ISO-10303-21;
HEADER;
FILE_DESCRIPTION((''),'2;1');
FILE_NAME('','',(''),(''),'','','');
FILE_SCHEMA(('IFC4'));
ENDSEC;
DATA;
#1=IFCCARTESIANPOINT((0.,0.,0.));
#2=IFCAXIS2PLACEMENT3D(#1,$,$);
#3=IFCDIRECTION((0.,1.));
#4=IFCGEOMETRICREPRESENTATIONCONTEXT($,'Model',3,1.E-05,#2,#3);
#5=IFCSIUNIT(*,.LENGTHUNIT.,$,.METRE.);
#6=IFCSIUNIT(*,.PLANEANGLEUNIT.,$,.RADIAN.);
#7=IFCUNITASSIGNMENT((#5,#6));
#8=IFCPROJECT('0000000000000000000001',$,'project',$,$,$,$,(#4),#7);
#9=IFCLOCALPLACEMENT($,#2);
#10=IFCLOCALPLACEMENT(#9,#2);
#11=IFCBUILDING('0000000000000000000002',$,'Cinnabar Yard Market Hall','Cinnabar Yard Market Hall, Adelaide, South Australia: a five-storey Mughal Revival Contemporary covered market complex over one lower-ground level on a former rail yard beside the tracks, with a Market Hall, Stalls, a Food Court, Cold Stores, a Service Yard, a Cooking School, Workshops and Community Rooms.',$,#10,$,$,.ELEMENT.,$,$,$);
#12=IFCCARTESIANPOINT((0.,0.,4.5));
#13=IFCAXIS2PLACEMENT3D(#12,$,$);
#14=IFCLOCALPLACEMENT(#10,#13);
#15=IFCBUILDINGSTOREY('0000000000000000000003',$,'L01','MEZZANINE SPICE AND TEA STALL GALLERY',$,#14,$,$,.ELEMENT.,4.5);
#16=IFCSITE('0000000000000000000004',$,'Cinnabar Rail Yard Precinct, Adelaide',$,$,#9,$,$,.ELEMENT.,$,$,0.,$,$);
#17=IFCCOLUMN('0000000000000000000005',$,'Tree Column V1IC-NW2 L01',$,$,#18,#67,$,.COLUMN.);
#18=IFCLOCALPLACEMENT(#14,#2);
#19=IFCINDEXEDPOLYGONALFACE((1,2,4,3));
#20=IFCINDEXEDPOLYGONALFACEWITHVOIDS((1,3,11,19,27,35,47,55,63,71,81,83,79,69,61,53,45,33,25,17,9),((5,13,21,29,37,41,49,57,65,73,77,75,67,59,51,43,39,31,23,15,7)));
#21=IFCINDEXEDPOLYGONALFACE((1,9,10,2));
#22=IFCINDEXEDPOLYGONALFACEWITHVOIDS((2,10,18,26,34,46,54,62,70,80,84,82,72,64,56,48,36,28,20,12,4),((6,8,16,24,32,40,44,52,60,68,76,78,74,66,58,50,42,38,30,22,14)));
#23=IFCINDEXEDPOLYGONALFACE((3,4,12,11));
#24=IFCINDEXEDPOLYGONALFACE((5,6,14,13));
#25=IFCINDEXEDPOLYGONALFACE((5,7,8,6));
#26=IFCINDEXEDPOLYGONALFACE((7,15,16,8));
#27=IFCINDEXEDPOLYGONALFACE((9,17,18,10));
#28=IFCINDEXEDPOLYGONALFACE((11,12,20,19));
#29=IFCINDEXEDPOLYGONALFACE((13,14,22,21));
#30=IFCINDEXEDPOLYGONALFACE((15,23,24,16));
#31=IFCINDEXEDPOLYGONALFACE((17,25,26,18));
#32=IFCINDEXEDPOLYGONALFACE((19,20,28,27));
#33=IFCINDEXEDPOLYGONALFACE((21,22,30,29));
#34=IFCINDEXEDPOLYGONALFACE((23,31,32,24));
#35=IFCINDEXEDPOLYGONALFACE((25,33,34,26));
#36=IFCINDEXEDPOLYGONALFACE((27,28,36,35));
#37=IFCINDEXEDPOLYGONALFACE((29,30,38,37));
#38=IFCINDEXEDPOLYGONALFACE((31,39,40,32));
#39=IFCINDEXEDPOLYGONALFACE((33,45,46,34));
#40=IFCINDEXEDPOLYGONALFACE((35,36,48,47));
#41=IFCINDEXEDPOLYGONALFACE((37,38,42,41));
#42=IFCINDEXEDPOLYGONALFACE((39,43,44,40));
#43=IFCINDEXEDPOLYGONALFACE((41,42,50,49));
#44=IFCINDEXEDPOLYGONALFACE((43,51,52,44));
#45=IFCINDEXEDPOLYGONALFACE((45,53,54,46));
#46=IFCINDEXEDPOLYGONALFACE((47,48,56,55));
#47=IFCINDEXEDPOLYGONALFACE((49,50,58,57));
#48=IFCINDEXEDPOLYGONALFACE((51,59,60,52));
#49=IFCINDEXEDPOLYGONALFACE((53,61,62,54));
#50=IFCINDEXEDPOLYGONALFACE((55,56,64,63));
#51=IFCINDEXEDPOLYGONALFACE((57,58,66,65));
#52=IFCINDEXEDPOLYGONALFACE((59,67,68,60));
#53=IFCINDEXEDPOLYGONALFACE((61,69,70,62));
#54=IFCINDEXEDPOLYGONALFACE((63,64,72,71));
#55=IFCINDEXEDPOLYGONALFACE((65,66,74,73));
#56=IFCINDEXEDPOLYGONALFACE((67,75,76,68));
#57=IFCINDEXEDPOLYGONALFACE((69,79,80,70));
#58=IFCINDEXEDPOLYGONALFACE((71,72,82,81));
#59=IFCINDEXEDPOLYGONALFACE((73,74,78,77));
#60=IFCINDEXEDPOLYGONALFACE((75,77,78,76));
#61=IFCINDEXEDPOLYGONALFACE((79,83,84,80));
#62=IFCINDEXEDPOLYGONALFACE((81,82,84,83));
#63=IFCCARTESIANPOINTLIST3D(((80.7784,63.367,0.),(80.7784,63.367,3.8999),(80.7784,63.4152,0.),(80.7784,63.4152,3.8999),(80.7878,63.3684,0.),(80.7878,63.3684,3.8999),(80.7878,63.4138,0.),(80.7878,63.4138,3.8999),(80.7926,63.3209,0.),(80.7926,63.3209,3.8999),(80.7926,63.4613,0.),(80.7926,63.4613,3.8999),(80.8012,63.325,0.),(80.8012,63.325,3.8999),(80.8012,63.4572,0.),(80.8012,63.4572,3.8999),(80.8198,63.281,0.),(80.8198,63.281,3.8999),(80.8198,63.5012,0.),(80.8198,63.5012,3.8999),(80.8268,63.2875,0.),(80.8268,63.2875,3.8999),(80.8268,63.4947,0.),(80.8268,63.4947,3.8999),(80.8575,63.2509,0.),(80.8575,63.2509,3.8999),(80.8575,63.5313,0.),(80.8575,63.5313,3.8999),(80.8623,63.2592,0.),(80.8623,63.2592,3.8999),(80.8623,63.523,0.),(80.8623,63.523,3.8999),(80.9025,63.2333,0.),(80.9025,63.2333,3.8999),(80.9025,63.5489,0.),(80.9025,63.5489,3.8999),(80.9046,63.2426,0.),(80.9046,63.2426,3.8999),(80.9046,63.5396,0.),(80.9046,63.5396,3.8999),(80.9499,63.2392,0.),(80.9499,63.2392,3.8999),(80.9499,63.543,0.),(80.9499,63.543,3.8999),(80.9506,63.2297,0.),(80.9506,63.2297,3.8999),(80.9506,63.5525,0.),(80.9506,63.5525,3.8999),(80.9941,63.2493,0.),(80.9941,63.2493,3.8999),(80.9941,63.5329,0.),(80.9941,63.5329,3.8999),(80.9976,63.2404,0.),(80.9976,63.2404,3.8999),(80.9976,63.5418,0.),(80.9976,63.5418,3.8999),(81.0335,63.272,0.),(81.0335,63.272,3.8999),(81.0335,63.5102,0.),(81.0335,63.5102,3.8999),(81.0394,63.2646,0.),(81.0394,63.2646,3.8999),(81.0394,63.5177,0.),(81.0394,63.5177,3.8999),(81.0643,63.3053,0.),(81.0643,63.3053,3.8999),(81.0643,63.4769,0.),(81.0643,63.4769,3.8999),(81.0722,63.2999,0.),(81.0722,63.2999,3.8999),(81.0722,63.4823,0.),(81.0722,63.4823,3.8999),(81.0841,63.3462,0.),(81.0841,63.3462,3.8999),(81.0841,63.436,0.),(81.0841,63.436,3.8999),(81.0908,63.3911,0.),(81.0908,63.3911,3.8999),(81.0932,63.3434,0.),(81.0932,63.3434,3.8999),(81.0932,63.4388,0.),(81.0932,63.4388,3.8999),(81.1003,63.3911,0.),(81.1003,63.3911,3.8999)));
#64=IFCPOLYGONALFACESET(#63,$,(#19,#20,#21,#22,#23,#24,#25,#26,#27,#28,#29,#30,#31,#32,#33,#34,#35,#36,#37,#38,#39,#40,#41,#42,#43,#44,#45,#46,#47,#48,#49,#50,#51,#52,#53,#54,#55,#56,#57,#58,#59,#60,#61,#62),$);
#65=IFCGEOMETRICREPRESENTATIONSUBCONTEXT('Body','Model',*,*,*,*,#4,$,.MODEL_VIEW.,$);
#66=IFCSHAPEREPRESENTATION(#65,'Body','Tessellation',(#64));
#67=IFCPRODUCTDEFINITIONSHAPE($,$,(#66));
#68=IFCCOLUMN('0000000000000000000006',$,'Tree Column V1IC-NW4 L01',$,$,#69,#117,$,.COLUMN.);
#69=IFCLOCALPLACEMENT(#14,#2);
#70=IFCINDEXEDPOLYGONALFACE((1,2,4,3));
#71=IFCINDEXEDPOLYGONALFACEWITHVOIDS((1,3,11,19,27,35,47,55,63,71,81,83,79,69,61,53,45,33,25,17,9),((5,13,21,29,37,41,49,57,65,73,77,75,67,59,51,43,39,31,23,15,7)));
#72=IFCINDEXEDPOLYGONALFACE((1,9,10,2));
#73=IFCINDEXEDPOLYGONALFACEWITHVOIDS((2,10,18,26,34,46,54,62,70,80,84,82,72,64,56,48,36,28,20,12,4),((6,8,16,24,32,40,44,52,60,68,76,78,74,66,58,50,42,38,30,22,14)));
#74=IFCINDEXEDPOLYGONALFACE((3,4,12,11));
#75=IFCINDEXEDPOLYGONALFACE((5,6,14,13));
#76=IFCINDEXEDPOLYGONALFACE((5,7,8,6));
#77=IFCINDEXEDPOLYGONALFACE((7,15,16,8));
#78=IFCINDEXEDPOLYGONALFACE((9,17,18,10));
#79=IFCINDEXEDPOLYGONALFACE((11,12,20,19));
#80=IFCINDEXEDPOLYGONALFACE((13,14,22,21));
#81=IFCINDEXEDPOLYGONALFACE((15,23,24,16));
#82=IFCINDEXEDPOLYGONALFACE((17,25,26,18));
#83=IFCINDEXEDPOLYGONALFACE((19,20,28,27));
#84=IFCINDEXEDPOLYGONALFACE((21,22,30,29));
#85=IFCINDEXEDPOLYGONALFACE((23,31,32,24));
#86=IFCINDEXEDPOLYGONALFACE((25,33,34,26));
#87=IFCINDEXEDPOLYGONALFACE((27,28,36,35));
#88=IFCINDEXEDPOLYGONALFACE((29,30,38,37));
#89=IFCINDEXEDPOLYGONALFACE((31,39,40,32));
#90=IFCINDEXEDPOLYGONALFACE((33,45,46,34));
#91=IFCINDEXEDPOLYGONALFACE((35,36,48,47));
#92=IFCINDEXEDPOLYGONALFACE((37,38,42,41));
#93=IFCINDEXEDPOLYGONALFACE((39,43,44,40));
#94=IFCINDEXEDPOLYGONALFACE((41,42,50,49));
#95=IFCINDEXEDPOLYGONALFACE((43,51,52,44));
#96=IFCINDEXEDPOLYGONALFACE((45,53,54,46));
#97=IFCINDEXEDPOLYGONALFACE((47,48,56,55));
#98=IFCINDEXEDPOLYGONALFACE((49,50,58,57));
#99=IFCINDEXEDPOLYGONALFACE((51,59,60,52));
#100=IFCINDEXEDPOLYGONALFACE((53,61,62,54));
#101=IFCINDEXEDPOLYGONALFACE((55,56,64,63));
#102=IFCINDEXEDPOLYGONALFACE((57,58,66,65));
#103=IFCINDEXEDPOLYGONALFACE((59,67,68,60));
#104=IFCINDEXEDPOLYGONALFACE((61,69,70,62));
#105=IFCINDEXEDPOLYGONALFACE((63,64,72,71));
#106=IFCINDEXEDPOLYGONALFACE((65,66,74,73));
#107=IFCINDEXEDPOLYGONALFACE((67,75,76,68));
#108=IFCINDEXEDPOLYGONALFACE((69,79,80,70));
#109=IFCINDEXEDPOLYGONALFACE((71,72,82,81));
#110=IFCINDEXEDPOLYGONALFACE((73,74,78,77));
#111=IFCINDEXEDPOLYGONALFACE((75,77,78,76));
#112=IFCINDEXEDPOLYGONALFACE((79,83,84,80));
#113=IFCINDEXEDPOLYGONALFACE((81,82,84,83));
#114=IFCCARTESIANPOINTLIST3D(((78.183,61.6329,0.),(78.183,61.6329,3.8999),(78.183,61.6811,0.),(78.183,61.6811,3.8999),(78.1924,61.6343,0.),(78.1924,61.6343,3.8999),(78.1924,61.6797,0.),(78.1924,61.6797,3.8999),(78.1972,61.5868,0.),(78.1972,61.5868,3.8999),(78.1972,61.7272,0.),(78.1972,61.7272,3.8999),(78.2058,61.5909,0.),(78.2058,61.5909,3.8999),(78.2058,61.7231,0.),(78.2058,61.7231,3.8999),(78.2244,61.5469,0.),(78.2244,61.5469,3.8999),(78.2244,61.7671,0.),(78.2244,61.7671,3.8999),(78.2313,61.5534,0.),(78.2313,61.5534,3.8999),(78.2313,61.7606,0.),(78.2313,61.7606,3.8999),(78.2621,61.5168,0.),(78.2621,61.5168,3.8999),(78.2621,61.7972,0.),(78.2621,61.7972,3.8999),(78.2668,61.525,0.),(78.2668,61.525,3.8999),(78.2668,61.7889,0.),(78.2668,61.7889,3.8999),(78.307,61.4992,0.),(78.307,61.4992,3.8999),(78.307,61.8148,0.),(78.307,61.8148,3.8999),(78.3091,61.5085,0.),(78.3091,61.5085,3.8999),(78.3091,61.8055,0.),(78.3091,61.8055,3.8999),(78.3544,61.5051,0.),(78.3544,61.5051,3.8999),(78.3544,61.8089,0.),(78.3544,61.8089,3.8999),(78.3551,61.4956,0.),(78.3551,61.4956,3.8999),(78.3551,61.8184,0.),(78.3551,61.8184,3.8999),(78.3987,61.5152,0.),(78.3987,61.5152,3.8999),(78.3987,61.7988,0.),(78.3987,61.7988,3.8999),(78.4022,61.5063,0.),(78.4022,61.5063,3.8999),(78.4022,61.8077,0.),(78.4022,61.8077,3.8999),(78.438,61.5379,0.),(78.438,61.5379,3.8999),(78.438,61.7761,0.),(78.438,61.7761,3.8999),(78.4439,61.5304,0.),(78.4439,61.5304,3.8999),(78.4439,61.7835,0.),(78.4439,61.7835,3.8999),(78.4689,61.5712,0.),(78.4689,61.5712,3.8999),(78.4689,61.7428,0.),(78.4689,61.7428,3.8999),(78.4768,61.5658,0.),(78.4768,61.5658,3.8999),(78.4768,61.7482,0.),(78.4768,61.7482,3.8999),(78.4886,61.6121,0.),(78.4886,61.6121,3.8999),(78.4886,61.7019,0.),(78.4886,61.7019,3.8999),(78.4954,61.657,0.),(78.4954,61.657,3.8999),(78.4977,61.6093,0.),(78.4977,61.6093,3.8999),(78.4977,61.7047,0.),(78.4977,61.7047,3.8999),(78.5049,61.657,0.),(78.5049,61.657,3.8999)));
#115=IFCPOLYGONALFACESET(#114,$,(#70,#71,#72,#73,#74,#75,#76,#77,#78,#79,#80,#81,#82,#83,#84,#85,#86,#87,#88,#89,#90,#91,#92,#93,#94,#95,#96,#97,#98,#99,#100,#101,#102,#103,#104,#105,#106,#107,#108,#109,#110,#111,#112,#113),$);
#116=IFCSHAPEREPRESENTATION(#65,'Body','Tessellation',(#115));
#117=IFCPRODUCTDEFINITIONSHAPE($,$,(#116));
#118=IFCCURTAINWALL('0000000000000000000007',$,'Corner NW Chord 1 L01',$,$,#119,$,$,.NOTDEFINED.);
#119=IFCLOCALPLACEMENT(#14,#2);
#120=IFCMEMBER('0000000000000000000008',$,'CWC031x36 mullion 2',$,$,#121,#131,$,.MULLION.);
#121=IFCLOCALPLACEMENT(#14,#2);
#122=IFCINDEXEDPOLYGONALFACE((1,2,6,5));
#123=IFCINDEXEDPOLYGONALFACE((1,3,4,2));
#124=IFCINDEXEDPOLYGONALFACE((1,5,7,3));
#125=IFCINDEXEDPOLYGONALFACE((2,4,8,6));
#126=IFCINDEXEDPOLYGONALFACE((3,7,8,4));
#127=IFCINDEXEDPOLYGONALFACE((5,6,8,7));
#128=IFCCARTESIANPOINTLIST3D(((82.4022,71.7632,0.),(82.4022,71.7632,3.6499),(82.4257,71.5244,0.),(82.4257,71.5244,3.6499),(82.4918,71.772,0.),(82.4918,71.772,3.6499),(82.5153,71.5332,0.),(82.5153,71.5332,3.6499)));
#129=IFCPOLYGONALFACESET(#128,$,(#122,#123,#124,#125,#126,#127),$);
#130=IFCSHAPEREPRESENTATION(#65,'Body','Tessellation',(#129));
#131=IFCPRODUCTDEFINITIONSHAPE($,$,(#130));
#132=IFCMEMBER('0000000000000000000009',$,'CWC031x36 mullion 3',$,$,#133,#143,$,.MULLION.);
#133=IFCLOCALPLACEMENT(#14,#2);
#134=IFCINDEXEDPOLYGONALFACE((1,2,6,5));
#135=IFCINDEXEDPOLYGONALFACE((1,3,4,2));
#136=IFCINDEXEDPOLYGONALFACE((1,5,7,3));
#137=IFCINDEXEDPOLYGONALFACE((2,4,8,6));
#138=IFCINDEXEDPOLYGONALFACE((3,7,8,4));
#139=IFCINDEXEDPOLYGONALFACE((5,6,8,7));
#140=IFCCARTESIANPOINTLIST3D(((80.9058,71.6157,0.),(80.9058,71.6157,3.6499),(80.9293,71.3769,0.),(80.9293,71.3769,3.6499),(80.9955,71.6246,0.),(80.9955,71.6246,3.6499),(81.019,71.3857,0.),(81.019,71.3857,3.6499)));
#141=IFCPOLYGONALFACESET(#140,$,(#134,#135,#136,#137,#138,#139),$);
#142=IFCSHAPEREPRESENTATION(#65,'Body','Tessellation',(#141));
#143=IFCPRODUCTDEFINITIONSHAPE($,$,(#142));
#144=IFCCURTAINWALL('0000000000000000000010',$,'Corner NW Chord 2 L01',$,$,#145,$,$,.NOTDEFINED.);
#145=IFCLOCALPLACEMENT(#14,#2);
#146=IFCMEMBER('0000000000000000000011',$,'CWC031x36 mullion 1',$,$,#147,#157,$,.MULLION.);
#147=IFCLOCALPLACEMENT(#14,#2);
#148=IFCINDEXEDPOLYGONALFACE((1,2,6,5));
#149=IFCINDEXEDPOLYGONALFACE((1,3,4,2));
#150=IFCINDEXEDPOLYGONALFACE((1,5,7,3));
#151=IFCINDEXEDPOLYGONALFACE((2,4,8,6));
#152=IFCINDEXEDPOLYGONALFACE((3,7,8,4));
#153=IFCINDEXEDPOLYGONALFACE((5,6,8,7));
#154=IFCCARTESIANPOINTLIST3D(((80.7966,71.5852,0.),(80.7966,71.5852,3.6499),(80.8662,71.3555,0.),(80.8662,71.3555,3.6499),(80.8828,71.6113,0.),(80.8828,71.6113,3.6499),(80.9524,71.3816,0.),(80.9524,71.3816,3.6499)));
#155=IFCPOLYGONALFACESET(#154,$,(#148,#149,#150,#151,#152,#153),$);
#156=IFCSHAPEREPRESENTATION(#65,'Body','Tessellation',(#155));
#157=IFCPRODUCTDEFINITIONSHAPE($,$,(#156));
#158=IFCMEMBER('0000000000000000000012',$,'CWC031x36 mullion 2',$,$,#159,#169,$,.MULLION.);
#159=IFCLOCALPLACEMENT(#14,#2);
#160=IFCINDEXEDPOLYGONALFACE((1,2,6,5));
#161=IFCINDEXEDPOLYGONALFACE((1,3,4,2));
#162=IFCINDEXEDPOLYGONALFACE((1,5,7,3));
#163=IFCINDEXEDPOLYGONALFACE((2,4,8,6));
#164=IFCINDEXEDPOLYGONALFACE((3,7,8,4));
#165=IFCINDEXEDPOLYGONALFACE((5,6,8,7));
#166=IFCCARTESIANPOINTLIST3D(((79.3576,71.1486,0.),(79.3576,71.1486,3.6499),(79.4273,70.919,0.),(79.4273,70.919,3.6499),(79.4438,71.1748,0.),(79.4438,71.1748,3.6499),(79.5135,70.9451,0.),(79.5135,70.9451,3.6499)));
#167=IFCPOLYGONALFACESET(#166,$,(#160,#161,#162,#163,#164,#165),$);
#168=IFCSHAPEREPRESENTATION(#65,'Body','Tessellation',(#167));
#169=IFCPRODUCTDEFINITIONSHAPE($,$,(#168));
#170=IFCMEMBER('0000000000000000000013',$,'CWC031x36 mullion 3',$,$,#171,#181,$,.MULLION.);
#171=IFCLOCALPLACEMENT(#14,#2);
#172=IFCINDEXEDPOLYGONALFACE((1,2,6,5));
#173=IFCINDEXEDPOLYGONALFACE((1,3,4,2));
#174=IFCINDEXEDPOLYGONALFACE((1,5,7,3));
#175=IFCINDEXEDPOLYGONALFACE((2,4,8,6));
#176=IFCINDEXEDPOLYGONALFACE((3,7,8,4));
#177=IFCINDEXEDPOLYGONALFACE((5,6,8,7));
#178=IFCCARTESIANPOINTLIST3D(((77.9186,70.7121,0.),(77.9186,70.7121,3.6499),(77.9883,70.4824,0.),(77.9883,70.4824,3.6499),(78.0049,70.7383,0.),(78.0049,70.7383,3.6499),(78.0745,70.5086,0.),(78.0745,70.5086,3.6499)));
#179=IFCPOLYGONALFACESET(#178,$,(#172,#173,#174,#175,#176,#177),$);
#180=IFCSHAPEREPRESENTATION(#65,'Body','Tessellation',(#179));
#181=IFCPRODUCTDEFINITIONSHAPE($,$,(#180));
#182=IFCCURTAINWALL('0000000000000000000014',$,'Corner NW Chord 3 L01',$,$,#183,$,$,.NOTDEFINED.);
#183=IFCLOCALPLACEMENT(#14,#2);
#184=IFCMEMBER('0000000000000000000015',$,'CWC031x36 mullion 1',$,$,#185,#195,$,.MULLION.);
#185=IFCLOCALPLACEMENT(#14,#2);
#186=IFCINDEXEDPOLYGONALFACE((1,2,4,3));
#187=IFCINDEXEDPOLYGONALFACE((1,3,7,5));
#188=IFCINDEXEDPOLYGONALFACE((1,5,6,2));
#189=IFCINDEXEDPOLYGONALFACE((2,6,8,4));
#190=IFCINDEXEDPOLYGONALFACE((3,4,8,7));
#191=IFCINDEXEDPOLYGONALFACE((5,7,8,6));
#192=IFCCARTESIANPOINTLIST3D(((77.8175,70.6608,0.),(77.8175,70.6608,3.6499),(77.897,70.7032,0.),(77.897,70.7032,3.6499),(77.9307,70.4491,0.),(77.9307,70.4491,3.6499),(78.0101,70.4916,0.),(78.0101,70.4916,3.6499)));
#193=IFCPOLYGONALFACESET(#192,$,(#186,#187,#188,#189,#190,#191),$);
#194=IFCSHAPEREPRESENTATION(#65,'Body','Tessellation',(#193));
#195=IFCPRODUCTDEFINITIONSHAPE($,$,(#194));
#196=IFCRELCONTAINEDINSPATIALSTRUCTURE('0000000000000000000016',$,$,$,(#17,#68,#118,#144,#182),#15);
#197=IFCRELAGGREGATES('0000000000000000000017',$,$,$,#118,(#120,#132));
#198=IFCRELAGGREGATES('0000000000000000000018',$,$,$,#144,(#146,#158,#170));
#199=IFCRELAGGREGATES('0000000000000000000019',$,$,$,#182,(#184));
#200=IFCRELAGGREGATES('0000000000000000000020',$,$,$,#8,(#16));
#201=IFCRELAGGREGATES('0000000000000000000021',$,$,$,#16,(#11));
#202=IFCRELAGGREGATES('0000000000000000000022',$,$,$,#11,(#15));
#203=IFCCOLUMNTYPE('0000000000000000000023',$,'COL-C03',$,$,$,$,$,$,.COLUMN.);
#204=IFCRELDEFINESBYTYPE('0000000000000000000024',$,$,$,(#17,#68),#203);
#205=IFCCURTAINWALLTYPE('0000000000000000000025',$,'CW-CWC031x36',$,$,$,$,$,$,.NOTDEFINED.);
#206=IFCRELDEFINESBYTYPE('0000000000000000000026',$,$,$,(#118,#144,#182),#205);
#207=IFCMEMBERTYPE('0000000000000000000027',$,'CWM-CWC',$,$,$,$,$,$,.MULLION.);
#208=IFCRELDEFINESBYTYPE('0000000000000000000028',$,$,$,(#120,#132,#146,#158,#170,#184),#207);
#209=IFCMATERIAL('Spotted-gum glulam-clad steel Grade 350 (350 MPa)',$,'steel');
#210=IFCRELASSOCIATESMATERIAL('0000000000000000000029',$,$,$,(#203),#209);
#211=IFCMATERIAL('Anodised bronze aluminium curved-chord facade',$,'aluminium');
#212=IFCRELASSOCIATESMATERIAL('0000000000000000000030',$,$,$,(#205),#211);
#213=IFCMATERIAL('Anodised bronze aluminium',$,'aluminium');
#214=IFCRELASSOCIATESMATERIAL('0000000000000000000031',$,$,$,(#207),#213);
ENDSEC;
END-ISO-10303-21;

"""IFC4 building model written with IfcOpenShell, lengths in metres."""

from ifc_helpers import new_model, si_unit, direction, frame, origin, origin_2d_with_axis, place, context, subcontext, project, spatial, rectangle, hollow_circle, extrude, material, material_profile, profile_set, type_object, element, aggregate, save


model = new_model("IFC4")

# Units and contexts
model_context = context("Model", 3, precision=1e-05, world=origin(), true_north=direction((0.0, 1.0)))
body_context = subcontext(model_context, "Body", "Model", "MODEL_VIEW")
ifc_project = project(units=[si_unit("LENGTHUNIT", "METRE"), si_unit("PLANEANGLEUNIT", "RADIAN")], contexts=[model_context])

# Site, building, storey
site_placement = place(None, origin())
site = spatial("IfcSite", under=ifc_project, at=site_placement, Name="Cinnabar Rail Yard Precinct, Adelaide", CompositionType="ELEMENT", RefElevation=0.0)
building_placement = place(site_placement, origin())
building = spatial("IfcBuilding", under=site, at=building_placement, Name="Cinnabar Yard Market Hall", Description="Cinnabar Yard Market Hall, Adelaide, South Australia: a five-storey Mughal Revival Contemporary covered market complex over one lower-ground level on a former rail yard beside the tracks, with a Market Hall, Stalls, a Food Court, Cold Stores, a Service Yard, a Cooking School, Workshops and Community Rooms.", CompositionType="ELEMENT")
storey_placement = place(building_placement, frame((0.0, 0.0, 4.5)))
storey = spatial("IfcBuildingStorey", under=building, at=storey_placement, Name="L01", Description="MEZZANINE SPICE AND TEA STALL GALLERY", CompositionType="ELEMENT", Elevation=4.5)

# Columns
ifc_material_1 = material(Name="Spotted-gum glulam-clad steel Grade 350 (350 MPa)", Category="steel")
ifc_material_profile_1 = material_profile(ifc_material_1, hollow_circle(Radius=0.1619, WallThickness=0.0095, at=origin_2d_with_axis()), Name="323.9x9.5CHS")
ifc_profile_set_1 = profile_set([ifc_material_profile_1], Name="Spotted-gum glulam-clad steel Grade 350 (350 MPa)")
column_type = type_object("IfcColumnType", Name="COL-C03", PredefinedType="COLUMN", material=ifc_profile_set_1)
for number, where, z_axis, x_axis, name in (
    (1, (80.9385, 63.3911, 0.0), (0.0, 0.0, 1.0), (1.0, 0.0, 0.0), "Tree Column V1IC-NW2 L01"),
    (2, (78.343, 61.657, 0.0), (0.0, 0.0, 1.0), (1.0, 0.0, 0.0), "Tree Column V1IC-NW4 L01"),
):
    element("IfcColumn", number, at=place(storey_placement, frame(where, z_axis=z_axis, x_axis=x_axis)), inside=storey, type_object=column_type, Name=name, PredefinedType="COLUMN", context=body_context, shape_type="SweptSolid", body=[
        extrude(hollow_circle(Radius=0.1619, WallThickness=0.0095, at=origin_2d_with_axis()), origin(), (0.0, 0.0, 1.0), 3.8999),
    ])

# Curtain walls, members
ifc_material_2 = material(Name="Anodised bronze aluminium curved-chord facade", Category="aluminium")
curtain_wall_type = type_object("IfcCurtainWallType", Name="CW-CWC031x36", PredefinedType="NOTDEFINED", material=ifc_material_2)
curtain_wall_1_placement = place(storey_placement, origin())
curtain_wall_1 = element("IfcCurtainWall", 3, at=curtain_wall_1_placement, inside=storey, type_object=curtain_wall_type, Name="Corner NW Chord 1 L01", PredefinedType="NOTDEFINED")
ifc_material_3 = material(Name="Anodised bronze aluminium", Category="aluminium")
ifc_material_profile_2 = material_profile(ifc_material_3, rectangle(XDim=0.24, YDim=0.0901, at=origin_2d_with_axis()), Name="MUL-CWC")
ifc_profile_set_2 = profile_set([ifc_material_profile_2], Name="Anodised bronze aluminium")
member_type_1 = type_object("IfcMemberType", Name="CWM-CWC", PredefinedType="MULLION", material=ifc_profile_set_2)
member_1_placement = place(storey_placement, frame((82.4587, 71.6482, 0.0), z_axis=(0.0, 0.0, 1.0), x_axis=(0.09802, -0.995184, 0.0)))
member_1 = element("IfcMember", 4, at=member_1_placement, type_object=member_type_1, Name="CWC031x36 mullion 2", PredefinedType="MULLION", context=body_context, shape_type="SweptSolid", body=[
    extrude(rectangle(XDim=0.24, YDim=0.0901, at=origin_2d_with_axis()), origin(), (0.0, 0.0, 1.0), 3.6499),
])
member_2_placement = place(storey_placement, frame((80.9624, 71.5007, 0.0), z_axis=(0.0, 0.0, 1.0), x_axis=(0.09802, -0.995184, 0.0)))
member_2 = element("IfcMember", 5, at=member_2_placement, type_object=member_type_1, Name="CWC031x36 mullion 3", PredefinedType="MULLION", context=body_context, shape_type="SweptSolid", body=[
    extrude(rectangle(XDim=0.24, YDim=0.0901, at=origin_2d_with_axis()), origin(), (0.0, 0.0, 1.0), 3.6499),
])
curtain_wall_2_placement = place(storey_placement, origin())
curtain_wall_2 = element("IfcCurtainWall", 6, at=curtain_wall_2_placement, inside=storey, type_object=curtain_wall_type, Name="Corner NW Chord 2 L01", PredefinedType="NOTDEFINED")
member_3_placement = place(storey_placement, frame((80.8745, 71.4834, 0.0), z_axis=(0.0, 0.0, 1.0), x_axis=(0.290279, -0.956942, 0.0)))
member_3 = element("IfcMember", 7, at=member_3_placement, type_object=member_type_1, Name="CWC031x36 mullion 1", PredefinedType="MULLION", context=body_context, shape_type="SweptSolid", body=[
    extrude(rectangle(XDim=0.24, YDim=0.0901, at=origin_2d_with_axis()), origin(), (0.0, 0.0, 1.0), 3.6499),
])
member_4_placement = place(storey_placement, frame((79.4355, 71.0469, 0.0), z_axis=(0.0, 0.0, 1.0), x_axis=(0.290279, -0.956942, 0.0)))
member_4 = element("IfcMember", 8, at=member_4_placement, type_object=member_type_1, Name="CWC031x36 mullion 2", PredefinedType="MULLION", context=body_context, shape_type="SweptSolid", body=[
    extrude(rectangle(XDim=0.24, YDim=0.0901, at=origin_2d_with_axis()), origin(), (0.0, 0.0, 1.0), 3.6499),
])
member_5_placement = place(storey_placement, frame((77.9966, 70.6104, 0.0), z_axis=(0.0, 0.0, 1.0), x_axis=(0.290279, -0.956942, 0.0)))
member_5 = element("IfcMember", 9, at=member_5_placement, type_object=member_type_1, Name="CWC031x36 mullion 3", PredefinedType="MULLION", context=body_context, shape_type="SweptSolid", body=[
    extrude(rectangle(XDim=0.24, YDim=0.0901, at=origin_2d_with_axis()), origin(), (0.0, 0.0, 1.0), 3.6499),
])

# Curtain wall, member
curtain_wall_3_placement = place(storey_placement, origin())
curtain_wall_3 = element("IfcCurtainWall", 10, at=curtain_wall_3_placement, inside=storey, type_object=curtain_wall_type, Name="Corner NW Chord 3 L01", PredefinedType="NOTDEFINED")
member_6_placement = place(storey_placement, frame((77.9138, 70.5762, 0.0), z_axis=(0.0, 0.0, 1.0), x_axis=(0.471404, -0.881917, 0.0)))
member_6 = element("IfcMember", 11, at=member_6_placement, type_object=member_type_1, Name="CWC031x36 mullion 1", PredefinedType="MULLION", context=body_context, shape_type="SweptSolid", body=[
    extrude(rectangle(XDim=0.24, YDim=0.0901, at=origin_2d_with_axis()), origin(), (0.0, 0.0, 1.0), 3.6499),
])

aggregate(curtain_wall_1, [member_1, member_2])
aggregate(curtain_wall_2, [member_3, member_4, member_5])
aggregate(curtain_wall_3, [member_6])

save(model, "model.ifc")
